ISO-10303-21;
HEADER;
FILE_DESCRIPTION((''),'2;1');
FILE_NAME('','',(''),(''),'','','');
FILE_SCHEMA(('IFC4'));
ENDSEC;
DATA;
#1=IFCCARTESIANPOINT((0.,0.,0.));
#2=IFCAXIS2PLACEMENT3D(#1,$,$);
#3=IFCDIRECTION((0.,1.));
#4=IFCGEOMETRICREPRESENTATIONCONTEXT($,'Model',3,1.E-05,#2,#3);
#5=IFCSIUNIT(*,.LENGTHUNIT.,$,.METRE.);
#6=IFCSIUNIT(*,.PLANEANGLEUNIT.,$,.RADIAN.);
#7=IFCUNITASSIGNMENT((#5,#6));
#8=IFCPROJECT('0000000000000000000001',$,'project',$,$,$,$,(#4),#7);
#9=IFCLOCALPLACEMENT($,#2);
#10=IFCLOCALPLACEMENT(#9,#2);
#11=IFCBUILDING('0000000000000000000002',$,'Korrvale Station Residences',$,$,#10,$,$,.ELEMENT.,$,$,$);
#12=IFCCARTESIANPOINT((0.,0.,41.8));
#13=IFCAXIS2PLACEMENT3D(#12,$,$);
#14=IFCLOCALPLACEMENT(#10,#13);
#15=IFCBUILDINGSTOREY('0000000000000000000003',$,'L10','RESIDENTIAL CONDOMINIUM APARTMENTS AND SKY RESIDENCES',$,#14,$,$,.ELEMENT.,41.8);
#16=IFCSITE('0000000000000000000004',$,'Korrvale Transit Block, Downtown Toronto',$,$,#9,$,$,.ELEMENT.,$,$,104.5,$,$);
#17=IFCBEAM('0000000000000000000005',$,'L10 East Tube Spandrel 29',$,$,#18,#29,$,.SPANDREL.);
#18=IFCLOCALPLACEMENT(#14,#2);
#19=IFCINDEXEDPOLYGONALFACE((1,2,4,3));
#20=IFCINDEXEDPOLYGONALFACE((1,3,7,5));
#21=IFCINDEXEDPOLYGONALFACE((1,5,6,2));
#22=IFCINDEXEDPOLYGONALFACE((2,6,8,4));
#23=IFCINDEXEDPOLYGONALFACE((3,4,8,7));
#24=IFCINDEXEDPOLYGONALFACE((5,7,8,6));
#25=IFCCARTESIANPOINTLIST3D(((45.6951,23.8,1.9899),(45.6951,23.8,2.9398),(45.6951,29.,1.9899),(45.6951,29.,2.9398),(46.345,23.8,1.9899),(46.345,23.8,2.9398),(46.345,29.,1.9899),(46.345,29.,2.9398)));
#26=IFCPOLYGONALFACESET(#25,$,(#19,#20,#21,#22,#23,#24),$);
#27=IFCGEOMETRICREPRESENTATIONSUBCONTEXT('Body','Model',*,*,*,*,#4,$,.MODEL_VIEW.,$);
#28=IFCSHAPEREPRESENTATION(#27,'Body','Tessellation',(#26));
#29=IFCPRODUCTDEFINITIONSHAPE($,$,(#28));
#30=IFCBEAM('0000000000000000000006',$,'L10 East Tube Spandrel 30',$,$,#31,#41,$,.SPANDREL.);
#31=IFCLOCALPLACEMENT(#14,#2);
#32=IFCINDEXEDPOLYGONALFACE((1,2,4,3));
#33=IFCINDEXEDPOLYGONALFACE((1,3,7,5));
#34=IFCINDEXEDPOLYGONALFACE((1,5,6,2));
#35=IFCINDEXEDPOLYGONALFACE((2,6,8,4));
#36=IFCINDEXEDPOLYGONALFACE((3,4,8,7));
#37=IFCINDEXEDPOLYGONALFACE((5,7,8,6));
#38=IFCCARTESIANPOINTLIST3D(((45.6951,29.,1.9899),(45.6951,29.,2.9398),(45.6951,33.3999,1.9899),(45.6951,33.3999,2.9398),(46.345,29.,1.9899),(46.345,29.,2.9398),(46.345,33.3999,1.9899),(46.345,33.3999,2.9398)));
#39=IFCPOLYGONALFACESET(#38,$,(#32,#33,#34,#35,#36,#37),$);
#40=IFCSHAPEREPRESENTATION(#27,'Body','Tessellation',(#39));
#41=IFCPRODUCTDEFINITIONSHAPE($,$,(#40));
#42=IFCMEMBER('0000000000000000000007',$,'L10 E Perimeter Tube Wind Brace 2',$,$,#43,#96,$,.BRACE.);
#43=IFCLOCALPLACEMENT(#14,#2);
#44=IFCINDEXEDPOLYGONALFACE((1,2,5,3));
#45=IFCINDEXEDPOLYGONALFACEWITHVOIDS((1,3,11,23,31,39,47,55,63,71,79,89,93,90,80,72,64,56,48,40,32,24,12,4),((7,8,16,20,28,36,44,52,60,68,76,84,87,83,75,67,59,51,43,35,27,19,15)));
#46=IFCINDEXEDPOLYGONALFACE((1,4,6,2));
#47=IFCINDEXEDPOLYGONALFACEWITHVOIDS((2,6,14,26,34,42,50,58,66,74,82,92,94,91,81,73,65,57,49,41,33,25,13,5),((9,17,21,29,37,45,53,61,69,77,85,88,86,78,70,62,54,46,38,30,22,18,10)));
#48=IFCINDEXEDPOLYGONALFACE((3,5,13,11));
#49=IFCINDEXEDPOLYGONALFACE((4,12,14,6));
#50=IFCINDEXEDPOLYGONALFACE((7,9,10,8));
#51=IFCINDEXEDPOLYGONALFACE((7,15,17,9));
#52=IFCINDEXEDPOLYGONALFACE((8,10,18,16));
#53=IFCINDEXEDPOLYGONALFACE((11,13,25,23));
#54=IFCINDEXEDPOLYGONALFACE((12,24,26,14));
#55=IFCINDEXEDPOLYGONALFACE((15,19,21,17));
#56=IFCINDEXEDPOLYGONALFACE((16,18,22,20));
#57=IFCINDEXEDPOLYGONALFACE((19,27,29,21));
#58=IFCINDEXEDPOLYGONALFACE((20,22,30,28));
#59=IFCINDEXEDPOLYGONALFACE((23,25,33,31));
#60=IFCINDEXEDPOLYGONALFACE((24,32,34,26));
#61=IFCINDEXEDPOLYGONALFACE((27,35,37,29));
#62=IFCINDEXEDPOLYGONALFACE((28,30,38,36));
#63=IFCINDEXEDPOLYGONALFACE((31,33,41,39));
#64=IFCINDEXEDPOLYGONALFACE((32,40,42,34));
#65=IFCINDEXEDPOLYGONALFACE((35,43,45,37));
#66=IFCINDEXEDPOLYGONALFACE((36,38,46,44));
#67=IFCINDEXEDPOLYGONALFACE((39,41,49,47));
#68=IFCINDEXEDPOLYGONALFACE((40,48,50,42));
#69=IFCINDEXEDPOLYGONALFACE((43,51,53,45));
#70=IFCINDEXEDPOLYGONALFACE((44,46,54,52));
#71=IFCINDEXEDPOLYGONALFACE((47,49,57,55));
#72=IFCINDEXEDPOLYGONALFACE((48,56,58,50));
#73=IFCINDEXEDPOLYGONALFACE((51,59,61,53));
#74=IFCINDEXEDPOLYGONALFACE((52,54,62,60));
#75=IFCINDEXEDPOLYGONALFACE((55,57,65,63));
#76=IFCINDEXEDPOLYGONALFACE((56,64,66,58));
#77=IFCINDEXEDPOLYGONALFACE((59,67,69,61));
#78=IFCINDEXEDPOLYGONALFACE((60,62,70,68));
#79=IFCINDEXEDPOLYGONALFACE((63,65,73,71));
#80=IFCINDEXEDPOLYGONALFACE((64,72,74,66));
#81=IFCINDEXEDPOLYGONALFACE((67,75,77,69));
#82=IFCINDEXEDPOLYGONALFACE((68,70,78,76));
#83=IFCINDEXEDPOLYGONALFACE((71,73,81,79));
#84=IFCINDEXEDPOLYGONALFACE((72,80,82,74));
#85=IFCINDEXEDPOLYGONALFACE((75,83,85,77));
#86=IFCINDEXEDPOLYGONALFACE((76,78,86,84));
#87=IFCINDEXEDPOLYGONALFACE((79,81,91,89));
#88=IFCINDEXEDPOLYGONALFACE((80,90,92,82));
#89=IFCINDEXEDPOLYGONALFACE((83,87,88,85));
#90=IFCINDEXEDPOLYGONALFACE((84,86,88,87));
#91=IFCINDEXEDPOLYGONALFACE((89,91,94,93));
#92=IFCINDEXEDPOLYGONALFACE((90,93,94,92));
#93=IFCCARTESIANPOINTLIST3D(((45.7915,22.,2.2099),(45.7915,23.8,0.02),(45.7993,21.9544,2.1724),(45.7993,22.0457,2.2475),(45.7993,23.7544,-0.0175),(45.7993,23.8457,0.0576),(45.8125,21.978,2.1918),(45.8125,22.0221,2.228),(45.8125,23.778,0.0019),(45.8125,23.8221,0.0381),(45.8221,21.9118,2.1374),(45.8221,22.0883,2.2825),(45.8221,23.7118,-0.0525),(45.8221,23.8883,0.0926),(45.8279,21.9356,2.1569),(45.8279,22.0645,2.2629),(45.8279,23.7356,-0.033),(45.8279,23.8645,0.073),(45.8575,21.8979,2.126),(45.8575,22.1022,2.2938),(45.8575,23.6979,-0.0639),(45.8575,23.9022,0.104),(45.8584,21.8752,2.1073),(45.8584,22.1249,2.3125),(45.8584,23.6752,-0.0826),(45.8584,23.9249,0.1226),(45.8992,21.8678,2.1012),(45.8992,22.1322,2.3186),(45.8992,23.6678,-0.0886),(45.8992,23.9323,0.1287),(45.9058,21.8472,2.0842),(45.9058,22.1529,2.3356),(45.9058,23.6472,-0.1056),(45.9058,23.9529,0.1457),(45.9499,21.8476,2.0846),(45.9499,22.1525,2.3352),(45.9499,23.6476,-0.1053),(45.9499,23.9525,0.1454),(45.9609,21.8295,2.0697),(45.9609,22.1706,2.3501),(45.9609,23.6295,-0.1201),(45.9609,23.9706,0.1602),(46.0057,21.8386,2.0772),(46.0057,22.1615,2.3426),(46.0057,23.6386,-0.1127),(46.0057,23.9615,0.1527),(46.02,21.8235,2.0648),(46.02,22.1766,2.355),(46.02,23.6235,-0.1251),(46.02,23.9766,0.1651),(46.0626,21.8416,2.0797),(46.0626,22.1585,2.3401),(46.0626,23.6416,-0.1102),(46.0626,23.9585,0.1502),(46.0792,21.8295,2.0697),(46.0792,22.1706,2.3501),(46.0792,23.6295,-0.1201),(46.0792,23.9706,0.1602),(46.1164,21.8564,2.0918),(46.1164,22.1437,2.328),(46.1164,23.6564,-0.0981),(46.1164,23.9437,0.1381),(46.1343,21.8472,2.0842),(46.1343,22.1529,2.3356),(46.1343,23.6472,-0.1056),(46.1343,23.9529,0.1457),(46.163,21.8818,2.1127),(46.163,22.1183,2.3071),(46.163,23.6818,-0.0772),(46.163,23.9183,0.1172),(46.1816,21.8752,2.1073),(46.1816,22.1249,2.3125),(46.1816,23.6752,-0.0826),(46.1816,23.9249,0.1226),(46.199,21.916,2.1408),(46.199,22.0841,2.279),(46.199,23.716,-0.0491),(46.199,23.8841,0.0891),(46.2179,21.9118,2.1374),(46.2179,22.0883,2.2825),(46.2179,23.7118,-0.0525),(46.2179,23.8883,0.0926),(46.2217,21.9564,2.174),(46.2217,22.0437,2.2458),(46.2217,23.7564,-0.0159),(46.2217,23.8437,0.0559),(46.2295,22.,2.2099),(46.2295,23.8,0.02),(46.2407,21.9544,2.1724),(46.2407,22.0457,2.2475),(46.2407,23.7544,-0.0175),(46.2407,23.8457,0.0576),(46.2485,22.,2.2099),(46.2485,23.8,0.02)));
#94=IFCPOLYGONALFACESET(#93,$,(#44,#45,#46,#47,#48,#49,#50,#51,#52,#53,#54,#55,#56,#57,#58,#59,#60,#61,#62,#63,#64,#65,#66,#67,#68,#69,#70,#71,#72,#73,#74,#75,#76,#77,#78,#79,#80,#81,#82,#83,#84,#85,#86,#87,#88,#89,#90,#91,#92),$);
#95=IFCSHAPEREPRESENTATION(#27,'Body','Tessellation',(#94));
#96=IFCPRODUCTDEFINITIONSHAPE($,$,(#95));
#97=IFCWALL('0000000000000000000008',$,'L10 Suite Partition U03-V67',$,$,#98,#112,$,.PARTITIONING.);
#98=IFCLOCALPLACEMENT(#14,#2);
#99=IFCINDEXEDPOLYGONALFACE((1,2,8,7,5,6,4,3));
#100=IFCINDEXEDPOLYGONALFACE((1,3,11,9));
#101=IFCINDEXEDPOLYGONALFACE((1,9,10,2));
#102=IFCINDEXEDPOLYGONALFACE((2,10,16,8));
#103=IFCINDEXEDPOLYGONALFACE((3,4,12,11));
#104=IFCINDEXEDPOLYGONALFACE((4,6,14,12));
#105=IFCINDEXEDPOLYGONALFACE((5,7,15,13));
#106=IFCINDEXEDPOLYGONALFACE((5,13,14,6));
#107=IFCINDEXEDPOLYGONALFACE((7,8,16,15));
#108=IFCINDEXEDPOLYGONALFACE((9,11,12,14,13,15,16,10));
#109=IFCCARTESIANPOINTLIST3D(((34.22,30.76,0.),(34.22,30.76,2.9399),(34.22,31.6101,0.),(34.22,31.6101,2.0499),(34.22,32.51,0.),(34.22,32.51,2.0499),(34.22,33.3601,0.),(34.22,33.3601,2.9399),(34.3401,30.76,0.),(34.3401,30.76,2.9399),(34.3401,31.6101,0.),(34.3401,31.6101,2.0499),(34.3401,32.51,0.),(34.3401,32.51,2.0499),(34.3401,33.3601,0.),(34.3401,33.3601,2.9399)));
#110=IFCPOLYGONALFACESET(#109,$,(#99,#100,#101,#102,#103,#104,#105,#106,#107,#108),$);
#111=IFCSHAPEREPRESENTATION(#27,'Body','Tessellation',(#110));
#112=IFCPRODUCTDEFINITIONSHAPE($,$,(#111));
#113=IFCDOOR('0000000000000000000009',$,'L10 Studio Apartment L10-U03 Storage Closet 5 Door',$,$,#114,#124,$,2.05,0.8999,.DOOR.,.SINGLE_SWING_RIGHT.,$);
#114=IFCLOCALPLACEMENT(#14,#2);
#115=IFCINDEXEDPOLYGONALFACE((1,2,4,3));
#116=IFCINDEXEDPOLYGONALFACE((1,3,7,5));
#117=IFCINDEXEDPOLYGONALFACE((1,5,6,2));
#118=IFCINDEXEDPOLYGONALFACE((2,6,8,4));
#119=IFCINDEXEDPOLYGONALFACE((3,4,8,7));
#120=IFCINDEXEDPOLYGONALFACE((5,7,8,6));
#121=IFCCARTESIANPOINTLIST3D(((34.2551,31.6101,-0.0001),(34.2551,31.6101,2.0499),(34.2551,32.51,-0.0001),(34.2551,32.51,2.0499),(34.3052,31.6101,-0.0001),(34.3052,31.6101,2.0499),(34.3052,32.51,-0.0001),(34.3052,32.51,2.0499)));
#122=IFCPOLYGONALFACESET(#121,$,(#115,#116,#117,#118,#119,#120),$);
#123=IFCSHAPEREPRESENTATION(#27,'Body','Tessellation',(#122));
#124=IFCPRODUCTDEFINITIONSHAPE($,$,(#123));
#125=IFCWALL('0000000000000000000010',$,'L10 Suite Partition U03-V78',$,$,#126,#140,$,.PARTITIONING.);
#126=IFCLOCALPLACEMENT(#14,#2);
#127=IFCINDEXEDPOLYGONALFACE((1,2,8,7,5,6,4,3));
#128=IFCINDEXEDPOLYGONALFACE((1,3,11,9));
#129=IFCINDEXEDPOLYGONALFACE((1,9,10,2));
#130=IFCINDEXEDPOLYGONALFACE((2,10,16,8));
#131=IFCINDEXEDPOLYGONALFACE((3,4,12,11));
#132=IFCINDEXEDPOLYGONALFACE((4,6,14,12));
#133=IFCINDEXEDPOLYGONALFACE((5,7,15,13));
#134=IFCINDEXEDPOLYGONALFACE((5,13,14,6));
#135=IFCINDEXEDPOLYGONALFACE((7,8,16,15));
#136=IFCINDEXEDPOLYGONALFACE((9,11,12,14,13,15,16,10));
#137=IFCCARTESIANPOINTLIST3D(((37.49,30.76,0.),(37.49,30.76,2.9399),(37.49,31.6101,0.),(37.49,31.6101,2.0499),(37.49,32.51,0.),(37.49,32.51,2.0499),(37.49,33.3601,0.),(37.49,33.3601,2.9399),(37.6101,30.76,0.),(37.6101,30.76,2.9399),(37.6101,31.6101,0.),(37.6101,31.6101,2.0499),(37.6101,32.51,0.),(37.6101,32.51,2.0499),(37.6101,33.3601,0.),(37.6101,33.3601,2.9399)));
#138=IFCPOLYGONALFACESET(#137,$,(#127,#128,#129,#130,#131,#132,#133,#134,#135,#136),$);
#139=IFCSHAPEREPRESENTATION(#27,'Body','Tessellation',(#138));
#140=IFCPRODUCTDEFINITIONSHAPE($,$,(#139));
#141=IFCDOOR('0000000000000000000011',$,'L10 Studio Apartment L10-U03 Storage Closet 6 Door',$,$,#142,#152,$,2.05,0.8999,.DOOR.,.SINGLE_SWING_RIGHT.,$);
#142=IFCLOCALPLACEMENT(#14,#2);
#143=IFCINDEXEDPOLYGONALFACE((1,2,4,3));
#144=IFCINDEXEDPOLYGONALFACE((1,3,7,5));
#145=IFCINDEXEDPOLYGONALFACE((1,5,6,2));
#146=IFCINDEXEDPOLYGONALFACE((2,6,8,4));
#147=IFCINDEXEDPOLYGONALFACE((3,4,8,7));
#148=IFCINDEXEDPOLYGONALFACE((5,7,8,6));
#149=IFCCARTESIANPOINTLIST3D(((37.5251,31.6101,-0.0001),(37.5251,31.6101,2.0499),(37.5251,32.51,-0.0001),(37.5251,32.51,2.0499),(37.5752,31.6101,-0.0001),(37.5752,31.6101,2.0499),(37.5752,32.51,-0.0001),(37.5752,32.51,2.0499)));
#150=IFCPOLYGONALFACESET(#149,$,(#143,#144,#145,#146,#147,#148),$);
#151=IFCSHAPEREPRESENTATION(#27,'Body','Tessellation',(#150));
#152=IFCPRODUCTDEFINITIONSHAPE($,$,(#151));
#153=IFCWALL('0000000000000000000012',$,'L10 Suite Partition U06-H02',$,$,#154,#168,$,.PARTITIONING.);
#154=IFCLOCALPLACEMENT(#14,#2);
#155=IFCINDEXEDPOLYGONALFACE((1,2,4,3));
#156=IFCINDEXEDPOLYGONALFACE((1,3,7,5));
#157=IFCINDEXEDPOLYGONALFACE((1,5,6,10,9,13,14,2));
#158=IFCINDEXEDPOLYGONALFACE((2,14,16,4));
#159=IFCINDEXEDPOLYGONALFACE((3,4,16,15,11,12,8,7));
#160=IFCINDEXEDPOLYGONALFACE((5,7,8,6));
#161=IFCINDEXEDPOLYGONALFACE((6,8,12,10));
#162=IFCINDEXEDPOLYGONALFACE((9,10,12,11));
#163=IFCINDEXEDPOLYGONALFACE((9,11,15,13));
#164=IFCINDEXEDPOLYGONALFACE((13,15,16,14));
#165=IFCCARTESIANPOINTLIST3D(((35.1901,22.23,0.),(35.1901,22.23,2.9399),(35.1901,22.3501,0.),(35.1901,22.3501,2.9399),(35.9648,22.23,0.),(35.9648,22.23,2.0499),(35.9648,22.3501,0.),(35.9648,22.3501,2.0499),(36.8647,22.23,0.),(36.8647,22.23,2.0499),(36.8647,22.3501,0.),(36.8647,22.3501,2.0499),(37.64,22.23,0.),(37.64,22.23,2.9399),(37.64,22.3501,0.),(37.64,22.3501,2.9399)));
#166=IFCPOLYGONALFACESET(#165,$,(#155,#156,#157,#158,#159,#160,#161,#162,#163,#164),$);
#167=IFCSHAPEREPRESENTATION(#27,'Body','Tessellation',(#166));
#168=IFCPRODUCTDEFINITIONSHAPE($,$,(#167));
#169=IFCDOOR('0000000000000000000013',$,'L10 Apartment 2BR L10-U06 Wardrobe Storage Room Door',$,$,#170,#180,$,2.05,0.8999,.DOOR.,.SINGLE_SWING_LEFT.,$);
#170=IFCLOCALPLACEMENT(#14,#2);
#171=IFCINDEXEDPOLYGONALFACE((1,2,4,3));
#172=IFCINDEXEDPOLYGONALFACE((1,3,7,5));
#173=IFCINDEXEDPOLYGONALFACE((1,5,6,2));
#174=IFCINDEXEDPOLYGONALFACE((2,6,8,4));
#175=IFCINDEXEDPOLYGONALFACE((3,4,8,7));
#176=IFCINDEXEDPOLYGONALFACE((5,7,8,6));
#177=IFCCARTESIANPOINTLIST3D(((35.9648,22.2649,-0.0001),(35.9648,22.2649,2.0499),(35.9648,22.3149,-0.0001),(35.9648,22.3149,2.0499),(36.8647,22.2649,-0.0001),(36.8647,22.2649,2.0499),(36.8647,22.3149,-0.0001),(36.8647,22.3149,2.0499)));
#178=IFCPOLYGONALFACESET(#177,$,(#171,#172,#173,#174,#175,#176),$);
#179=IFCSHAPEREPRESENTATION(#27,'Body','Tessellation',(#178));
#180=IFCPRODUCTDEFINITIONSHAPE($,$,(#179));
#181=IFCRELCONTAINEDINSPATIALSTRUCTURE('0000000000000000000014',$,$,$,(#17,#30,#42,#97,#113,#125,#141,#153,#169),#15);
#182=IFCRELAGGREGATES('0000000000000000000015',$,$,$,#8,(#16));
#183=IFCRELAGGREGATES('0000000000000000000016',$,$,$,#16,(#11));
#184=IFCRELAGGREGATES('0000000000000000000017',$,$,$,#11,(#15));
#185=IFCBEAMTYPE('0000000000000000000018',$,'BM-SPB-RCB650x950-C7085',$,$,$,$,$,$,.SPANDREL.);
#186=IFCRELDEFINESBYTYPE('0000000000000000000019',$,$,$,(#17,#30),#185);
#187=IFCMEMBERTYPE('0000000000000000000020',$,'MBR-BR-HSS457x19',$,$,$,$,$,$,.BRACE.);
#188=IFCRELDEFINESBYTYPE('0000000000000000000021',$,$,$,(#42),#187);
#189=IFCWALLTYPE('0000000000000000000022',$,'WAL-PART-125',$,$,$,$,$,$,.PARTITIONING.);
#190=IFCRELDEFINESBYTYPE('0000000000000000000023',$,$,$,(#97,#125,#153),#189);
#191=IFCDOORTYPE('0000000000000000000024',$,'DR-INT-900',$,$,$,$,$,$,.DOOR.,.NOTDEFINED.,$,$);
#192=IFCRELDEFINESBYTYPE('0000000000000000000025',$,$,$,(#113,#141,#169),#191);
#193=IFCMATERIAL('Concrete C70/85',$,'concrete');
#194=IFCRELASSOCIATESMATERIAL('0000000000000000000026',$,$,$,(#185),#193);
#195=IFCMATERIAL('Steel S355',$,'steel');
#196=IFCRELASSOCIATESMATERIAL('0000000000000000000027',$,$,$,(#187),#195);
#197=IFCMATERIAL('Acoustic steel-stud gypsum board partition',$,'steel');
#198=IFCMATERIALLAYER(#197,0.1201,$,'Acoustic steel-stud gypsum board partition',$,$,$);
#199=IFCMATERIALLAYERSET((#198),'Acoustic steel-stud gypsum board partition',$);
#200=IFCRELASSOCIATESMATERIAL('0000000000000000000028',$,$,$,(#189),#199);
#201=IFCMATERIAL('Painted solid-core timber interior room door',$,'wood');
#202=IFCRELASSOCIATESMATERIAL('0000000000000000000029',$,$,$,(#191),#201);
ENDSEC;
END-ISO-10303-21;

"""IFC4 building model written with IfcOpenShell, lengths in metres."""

from ifc_helpers import new_model, si_unit, direction, frame, frame_2d, origin, origin_2d, place, context, subcontext, project, spatial, rectangle, hollow_circle, extrude, material, layer, layer_set, material_profile, profile_set, type_object, element, fill, save


model = new_model("IFC4")

# Units and contexts
model_context = context("Model", 3, precision=1e-05, world=origin(), true_north=direction((0.0, 1.0)))
body_context = subcontext(model_context, "Body", "Model", "MODEL_VIEW")
ifc_project = project(units=[si_unit("LENGTHUNIT", "METRE"), si_unit("PLANEANGLEUNIT", "RADIAN")], contexts=[model_context])

# Site, building, storey
site_placement = place(None, origin())
site = spatial("IfcSite", under=ifc_project, at=site_placement, Name="Korrvale Transit Block, Downtown Toronto", CompositionType="ELEMENT", RefElevation=104.5)
building_placement = place(site_placement, origin())
building = spatial("IfcBuilding", under=site, at=building_placement, Name="Korrvale Station Residences", CompositionType="ELEMENT")
storey_placement = place(building_placement, frame((0.0, 0.0, 41.8)))
storey = spatial("IfcBuildingStorey", under=building, at=storey_placement, Name="L10", Description="RESIDENTIAL CONDOMINIUM APARTMENTS AND SKY RESIDENCES", CompositionType="ELEMENT", Elevation=41.8)

# Shared definitions
ifc_material_1 = material(Name="Concrete C70/85", Category="concrete")

# Beams
ifc_material_2 = material(Name="Steel S355", Category="steel")
ifc_material_profile_1 = material_profile(ifc_material_1, rectangle(XDim=0.6499, YDim=0.95, at=origin_2d()), Name="RCB650x950")
ifc_profile_set_1 = profile_set([ifc_material_profile_1], Name="Concrete C70/85")
beam_type_1 = type_object("IfcBeamType", Name="BM-SPB-RCB650x950-C7085", PredefinedType="SPANDREL", material=ifc_profile_set_1)
beam_1_placement = place(storey_placement, frame((46.02, 23.8, 2.4648), z_axis=(0.0, 1.0, 0.0), x_axis=(-1.0, 0.0, 0.0)))
element("IfcBeam", 1, at=beam_1_placement, inside=storey, type_object=beam_type_1, Name="L10 East Tube Spandrel 29", PredefinedType="SPANDREL", context=body_context, shape_type="SweptSolid", body=[
    extrude(rectangle(XDim=0.6499, YDim=0.95, at=origin_2d()), origin(), (0.0, 0.0, 1.0), 5.2),
])
beam_2_placement = place(storey_placement, frame((46.02, 29.0, 2.4648), z_axis=(0.0, 1.0, 0.0), x_axis=(-1.0, 0.0, 0.0)))
element("IfcBeam", 2, at=beam_2_placement, inside=storey, type_object=beam_type_1, Name="L10 East Tube Spandrel 30", PredefinedType="SPANDREL", context=body_context, shape_type="SweptSolid", body=[
    extrude(rectangle(XDim=0.6499, YDim=0.95, at=origin_2d()), origin(), (0.0, 0.0, 1.0), 4.3999),
])

# Member
ifc_material_profile_2 = material_profile(ifc_material_2, hollow_circle(Radius=0.2285, WallThickness=0.019, at=origin_2d()), Name="HSS457x19")
ifc_profile_set_2 = profile_set([ifc_material_profile_2], Name="Steel S355")
member_type = type_object("IfcMemberType", Name="MBR-BR-HSS457x19", PredefinedType="BRACE", material=ifc_profile_set_2)
member_placement = place(storey_placement, frame((46.02, 23.8, 0.02), z_axis=(0.0, -0.634985, 0.772524), x_axis=(1.0, 0.0, 0.0)))
element("IfcMember", 3, at=member_placement, inside=storey, type_object=member_type, Name="L10 E Perimeter Tube Wind Brace 2", PredefinedType="BRACE", context=body_context, shape_type="SweptSolid", body=[
    extrude(hollow_circle(Radius=0.2285, WallThickness=0.019, at=origin_2d()), origin(), (0.0, 0.0, 1.0), 2.8347),
])

# Walls, openings, doors
ifc_material_3 = material(Name="Acoustic steel-stud gypsum board partition", Category="steel")
ifc_layer_1 = layer(ifc_material_3, 0.1201, Name="Acoustic steel-stud gypsum board partition")
ifc_layer_set_1 = layer_set([ifc_layer_1], Name="Acoustic steel-stud gypsum board partition")
wall_type_1 = type_object("IfcWallType", Name="WAL-PART-125", PredefinedType="PARTITIONING", material=ifc_layer_set_1)
wall_1_placement = place(storey_placement, frame((34.28, 30.76, 0.0), z_axis=(0.0, 0.0, 1.0), x_axis=(0.0, 1.0, 0.0)))
wall_1 = element("IfcWall", 4, at=wall_1_placement, inside=storey, type_object=wall_type_1, Name="L10 Suite Partition U03-V67", PredefinedType="PARTITIONING", context=body_context, shape_type="SweptSolid", body=[
    extrude(rectangle(XDim=2.6001, YDim=0.1201, at=frame_2d((1.3, 0.0))), origin(), (0.0, 0.0, 1.0), 2.9399),
])
opening_1_placement = place(wall_1_placement, frame((0.8501, 0.0, 0.0)))
opening_1 = element("IfcOpeningElement", 5, at=opening_1_placement, cuts=wall_1, PredefinedType="OPENING", context=body_context, shape_type="SweptSolid", body=[
    extrude(rectangle(XDim=0.8999, YDim=2.05, at=frame_2d((0.45, 1.0249))), frame((0.0, 0.0701, 0.0), z_axis=(0.0, -1.0, 0.0), x_axis=(1.0, 0.0, 0.0)), (0.0, 0.0, 1.0), 0.1401),
])
ifc_material_4 = material(Name="Painted solid-core timber interior room door", Category="wood")
door_type = type_object("IfcDoorType", Name="DR-INT-900", OperationType="NOTDEFINED", PredefinedType="DOOR", material=ifc_material_4)
door_1_placement = place(opening_1_placement, origin())
door_1 = element("IfcDoor", 6, at=door_1_placement, inside=storey, type_object=door_type, Name="L10 Studio Apartment L10-U03 Storage Closet 5 Door", OperationType="SINGLE_SWING_RIGHT", OverallHeight=2.05, OverallWidth=0.8999, PredefinedType="DOOR", context=body_context, shape_type="SweptSolid", body=[
    extrude(rectangle(XDim=0.8999, YDim=2.05, at=frame_2d((0.45, 1.0249))), frame((0.0, 0.0249, 0.0), z_axis=(0.0, -1.0, 0.0), x_axis=(1.0, 0.0, 0.0)), (0.0, 0.0, 1.0), 0.05),
])
fill(opening_1, door_1)
wall_2_placement = place(storey_placement, frame((37.55, 30.76, 0.0), z_axis=(0.0, 0.0, 1.0), x_axis=(0.0, 1.0, 0.0)))
wall_2 = element("IfcWall", 7, at=wall_2_placement, inside=storey, type_object=wall_type_1, Name="L10 Suite Partition U03-V78", PredefinedType="PARTITIONING", context=body_context, shape_type="SweptSolid", body=[
    extrude(rectangle(XDim=2.6001, YDim=0.1201, at=frame_2d((1.3, 0.0))), origin(), (0.0, 0.0, 1.0), 2.9399),
])
opening_2_placement = place(wall_2_placement, frame((0.8501, 0.0, 0.0)))
opening_2 = element("IfcOpeningElement", 8, at=opening_2_placement, cuts=wall_2, PredefinedType="OPENING", context=body_context, shape_type="SweptSolid", body=[
    extrude(rectangle(XDim=0.8999, YDim=2.05, at=frame_2d((0.45, 1.0249))), frame((0.0, 0.0701, 0.0), z_axis=(0.0, -1.0, 0.0), x_axis=(1.0, 0.0, 0.0)), (0.0, 0.0, 1.0), 0.1401),
])
door_2_placement = place(opening_2_placement, origin())
door_2 = element("IfcDoor", 9, at=door_2_placement, inside=storey, type_object=door_type, Name="L10 Studio Apartment L10-U03 Storage Closet 6 Door", OperationType="SINGLE_SWING_RIGHT", OverallHeight=2.05, OverallWidth=0.8999, PredefinedType="DOOR", context=body_context, shape_type="SweptSolid", body=[
    extrude(rectangle(XDim=0.8999, YDim=2.05, at=frame_2d((0.45, 1.0249))), frame((0.0, 0.0249, 0.0), z_axis=(0.0, -1.0, 0.0), x_axis=(1.0, 0.0, 0.0)), (0.0, 0.0, 1.0), 0.05),
])
fill(opening_2, door_2)
wall_3_placement = place(storey_placement, frame((35.1899, 22.29, 0.0), z_axis=(0.0, 0.0, 1.0), x_axis=(1.0, 0.0, 0.0)))
wall_3 = element("IfcWall", 10, at=wall_3_placement, inside=storey, type_object=wall_type_1, Name="L10 Suite Partition U06-H02", PredefinedType="PARTITIONING", context=body_context, shape_type="SweptSolid", body=[
    extrude(rectangle(XDim=2.45, YDim=0.1201, at=frame_2d((1.2251, 0.0))), origin(), (0.0, 0.0, 1.0), 2.9399),
])
opening_3_placement = place(wall_3_placement, frame((0.7749, 0.0, 0.0)))
opening_3 = element("IfcOpeningElement", 11, at=opening_3_placement, cuts=wall_3, PredefinedType="OPENING", context=body_context, shape_type="SweptSolid", body=[
    extrude(rectangle(XDim=0.8999, YDim=2.05, at=frame_2d((0.45, 1.0249))), frame((0.0, 0.0701, 0.0), z_axis=(0.0, -1.0, 0.0), x_axis=(1.0, 0.0, 0.0)), (0.0, 0.0, 1.0), 0.1401),
])
door_3_placement = place(opening_3_placement, origin())
door_3 = element("IfcDoor", 12, at=door_3_placement, inside=storey, type_object=door_type, Name="L10 Apartment 2BR L10-U06 Wardrobe Storage Room Door", OperationType="SINGLE_SWING_LEFT", OverallHeight=2.05, OverallWidth=0.8999, PredefinedType="DOOR", context=body_context, shape_type="SweptSolid", body=[
    extrude(rectangle(XDim=0.8999, YDim=2.05, at=frame_2d((0.45, 1.0249))), frame((0.0, 0.0249, 0.0), z_axis=(0.0, -1.0, 0.0), x_axis=(1.0, 0.0, 0.0)), (0.0, 0.0, 1.0), 0.05),
])
fill(opening_3, door_3)

save(model, "model.ifc")
